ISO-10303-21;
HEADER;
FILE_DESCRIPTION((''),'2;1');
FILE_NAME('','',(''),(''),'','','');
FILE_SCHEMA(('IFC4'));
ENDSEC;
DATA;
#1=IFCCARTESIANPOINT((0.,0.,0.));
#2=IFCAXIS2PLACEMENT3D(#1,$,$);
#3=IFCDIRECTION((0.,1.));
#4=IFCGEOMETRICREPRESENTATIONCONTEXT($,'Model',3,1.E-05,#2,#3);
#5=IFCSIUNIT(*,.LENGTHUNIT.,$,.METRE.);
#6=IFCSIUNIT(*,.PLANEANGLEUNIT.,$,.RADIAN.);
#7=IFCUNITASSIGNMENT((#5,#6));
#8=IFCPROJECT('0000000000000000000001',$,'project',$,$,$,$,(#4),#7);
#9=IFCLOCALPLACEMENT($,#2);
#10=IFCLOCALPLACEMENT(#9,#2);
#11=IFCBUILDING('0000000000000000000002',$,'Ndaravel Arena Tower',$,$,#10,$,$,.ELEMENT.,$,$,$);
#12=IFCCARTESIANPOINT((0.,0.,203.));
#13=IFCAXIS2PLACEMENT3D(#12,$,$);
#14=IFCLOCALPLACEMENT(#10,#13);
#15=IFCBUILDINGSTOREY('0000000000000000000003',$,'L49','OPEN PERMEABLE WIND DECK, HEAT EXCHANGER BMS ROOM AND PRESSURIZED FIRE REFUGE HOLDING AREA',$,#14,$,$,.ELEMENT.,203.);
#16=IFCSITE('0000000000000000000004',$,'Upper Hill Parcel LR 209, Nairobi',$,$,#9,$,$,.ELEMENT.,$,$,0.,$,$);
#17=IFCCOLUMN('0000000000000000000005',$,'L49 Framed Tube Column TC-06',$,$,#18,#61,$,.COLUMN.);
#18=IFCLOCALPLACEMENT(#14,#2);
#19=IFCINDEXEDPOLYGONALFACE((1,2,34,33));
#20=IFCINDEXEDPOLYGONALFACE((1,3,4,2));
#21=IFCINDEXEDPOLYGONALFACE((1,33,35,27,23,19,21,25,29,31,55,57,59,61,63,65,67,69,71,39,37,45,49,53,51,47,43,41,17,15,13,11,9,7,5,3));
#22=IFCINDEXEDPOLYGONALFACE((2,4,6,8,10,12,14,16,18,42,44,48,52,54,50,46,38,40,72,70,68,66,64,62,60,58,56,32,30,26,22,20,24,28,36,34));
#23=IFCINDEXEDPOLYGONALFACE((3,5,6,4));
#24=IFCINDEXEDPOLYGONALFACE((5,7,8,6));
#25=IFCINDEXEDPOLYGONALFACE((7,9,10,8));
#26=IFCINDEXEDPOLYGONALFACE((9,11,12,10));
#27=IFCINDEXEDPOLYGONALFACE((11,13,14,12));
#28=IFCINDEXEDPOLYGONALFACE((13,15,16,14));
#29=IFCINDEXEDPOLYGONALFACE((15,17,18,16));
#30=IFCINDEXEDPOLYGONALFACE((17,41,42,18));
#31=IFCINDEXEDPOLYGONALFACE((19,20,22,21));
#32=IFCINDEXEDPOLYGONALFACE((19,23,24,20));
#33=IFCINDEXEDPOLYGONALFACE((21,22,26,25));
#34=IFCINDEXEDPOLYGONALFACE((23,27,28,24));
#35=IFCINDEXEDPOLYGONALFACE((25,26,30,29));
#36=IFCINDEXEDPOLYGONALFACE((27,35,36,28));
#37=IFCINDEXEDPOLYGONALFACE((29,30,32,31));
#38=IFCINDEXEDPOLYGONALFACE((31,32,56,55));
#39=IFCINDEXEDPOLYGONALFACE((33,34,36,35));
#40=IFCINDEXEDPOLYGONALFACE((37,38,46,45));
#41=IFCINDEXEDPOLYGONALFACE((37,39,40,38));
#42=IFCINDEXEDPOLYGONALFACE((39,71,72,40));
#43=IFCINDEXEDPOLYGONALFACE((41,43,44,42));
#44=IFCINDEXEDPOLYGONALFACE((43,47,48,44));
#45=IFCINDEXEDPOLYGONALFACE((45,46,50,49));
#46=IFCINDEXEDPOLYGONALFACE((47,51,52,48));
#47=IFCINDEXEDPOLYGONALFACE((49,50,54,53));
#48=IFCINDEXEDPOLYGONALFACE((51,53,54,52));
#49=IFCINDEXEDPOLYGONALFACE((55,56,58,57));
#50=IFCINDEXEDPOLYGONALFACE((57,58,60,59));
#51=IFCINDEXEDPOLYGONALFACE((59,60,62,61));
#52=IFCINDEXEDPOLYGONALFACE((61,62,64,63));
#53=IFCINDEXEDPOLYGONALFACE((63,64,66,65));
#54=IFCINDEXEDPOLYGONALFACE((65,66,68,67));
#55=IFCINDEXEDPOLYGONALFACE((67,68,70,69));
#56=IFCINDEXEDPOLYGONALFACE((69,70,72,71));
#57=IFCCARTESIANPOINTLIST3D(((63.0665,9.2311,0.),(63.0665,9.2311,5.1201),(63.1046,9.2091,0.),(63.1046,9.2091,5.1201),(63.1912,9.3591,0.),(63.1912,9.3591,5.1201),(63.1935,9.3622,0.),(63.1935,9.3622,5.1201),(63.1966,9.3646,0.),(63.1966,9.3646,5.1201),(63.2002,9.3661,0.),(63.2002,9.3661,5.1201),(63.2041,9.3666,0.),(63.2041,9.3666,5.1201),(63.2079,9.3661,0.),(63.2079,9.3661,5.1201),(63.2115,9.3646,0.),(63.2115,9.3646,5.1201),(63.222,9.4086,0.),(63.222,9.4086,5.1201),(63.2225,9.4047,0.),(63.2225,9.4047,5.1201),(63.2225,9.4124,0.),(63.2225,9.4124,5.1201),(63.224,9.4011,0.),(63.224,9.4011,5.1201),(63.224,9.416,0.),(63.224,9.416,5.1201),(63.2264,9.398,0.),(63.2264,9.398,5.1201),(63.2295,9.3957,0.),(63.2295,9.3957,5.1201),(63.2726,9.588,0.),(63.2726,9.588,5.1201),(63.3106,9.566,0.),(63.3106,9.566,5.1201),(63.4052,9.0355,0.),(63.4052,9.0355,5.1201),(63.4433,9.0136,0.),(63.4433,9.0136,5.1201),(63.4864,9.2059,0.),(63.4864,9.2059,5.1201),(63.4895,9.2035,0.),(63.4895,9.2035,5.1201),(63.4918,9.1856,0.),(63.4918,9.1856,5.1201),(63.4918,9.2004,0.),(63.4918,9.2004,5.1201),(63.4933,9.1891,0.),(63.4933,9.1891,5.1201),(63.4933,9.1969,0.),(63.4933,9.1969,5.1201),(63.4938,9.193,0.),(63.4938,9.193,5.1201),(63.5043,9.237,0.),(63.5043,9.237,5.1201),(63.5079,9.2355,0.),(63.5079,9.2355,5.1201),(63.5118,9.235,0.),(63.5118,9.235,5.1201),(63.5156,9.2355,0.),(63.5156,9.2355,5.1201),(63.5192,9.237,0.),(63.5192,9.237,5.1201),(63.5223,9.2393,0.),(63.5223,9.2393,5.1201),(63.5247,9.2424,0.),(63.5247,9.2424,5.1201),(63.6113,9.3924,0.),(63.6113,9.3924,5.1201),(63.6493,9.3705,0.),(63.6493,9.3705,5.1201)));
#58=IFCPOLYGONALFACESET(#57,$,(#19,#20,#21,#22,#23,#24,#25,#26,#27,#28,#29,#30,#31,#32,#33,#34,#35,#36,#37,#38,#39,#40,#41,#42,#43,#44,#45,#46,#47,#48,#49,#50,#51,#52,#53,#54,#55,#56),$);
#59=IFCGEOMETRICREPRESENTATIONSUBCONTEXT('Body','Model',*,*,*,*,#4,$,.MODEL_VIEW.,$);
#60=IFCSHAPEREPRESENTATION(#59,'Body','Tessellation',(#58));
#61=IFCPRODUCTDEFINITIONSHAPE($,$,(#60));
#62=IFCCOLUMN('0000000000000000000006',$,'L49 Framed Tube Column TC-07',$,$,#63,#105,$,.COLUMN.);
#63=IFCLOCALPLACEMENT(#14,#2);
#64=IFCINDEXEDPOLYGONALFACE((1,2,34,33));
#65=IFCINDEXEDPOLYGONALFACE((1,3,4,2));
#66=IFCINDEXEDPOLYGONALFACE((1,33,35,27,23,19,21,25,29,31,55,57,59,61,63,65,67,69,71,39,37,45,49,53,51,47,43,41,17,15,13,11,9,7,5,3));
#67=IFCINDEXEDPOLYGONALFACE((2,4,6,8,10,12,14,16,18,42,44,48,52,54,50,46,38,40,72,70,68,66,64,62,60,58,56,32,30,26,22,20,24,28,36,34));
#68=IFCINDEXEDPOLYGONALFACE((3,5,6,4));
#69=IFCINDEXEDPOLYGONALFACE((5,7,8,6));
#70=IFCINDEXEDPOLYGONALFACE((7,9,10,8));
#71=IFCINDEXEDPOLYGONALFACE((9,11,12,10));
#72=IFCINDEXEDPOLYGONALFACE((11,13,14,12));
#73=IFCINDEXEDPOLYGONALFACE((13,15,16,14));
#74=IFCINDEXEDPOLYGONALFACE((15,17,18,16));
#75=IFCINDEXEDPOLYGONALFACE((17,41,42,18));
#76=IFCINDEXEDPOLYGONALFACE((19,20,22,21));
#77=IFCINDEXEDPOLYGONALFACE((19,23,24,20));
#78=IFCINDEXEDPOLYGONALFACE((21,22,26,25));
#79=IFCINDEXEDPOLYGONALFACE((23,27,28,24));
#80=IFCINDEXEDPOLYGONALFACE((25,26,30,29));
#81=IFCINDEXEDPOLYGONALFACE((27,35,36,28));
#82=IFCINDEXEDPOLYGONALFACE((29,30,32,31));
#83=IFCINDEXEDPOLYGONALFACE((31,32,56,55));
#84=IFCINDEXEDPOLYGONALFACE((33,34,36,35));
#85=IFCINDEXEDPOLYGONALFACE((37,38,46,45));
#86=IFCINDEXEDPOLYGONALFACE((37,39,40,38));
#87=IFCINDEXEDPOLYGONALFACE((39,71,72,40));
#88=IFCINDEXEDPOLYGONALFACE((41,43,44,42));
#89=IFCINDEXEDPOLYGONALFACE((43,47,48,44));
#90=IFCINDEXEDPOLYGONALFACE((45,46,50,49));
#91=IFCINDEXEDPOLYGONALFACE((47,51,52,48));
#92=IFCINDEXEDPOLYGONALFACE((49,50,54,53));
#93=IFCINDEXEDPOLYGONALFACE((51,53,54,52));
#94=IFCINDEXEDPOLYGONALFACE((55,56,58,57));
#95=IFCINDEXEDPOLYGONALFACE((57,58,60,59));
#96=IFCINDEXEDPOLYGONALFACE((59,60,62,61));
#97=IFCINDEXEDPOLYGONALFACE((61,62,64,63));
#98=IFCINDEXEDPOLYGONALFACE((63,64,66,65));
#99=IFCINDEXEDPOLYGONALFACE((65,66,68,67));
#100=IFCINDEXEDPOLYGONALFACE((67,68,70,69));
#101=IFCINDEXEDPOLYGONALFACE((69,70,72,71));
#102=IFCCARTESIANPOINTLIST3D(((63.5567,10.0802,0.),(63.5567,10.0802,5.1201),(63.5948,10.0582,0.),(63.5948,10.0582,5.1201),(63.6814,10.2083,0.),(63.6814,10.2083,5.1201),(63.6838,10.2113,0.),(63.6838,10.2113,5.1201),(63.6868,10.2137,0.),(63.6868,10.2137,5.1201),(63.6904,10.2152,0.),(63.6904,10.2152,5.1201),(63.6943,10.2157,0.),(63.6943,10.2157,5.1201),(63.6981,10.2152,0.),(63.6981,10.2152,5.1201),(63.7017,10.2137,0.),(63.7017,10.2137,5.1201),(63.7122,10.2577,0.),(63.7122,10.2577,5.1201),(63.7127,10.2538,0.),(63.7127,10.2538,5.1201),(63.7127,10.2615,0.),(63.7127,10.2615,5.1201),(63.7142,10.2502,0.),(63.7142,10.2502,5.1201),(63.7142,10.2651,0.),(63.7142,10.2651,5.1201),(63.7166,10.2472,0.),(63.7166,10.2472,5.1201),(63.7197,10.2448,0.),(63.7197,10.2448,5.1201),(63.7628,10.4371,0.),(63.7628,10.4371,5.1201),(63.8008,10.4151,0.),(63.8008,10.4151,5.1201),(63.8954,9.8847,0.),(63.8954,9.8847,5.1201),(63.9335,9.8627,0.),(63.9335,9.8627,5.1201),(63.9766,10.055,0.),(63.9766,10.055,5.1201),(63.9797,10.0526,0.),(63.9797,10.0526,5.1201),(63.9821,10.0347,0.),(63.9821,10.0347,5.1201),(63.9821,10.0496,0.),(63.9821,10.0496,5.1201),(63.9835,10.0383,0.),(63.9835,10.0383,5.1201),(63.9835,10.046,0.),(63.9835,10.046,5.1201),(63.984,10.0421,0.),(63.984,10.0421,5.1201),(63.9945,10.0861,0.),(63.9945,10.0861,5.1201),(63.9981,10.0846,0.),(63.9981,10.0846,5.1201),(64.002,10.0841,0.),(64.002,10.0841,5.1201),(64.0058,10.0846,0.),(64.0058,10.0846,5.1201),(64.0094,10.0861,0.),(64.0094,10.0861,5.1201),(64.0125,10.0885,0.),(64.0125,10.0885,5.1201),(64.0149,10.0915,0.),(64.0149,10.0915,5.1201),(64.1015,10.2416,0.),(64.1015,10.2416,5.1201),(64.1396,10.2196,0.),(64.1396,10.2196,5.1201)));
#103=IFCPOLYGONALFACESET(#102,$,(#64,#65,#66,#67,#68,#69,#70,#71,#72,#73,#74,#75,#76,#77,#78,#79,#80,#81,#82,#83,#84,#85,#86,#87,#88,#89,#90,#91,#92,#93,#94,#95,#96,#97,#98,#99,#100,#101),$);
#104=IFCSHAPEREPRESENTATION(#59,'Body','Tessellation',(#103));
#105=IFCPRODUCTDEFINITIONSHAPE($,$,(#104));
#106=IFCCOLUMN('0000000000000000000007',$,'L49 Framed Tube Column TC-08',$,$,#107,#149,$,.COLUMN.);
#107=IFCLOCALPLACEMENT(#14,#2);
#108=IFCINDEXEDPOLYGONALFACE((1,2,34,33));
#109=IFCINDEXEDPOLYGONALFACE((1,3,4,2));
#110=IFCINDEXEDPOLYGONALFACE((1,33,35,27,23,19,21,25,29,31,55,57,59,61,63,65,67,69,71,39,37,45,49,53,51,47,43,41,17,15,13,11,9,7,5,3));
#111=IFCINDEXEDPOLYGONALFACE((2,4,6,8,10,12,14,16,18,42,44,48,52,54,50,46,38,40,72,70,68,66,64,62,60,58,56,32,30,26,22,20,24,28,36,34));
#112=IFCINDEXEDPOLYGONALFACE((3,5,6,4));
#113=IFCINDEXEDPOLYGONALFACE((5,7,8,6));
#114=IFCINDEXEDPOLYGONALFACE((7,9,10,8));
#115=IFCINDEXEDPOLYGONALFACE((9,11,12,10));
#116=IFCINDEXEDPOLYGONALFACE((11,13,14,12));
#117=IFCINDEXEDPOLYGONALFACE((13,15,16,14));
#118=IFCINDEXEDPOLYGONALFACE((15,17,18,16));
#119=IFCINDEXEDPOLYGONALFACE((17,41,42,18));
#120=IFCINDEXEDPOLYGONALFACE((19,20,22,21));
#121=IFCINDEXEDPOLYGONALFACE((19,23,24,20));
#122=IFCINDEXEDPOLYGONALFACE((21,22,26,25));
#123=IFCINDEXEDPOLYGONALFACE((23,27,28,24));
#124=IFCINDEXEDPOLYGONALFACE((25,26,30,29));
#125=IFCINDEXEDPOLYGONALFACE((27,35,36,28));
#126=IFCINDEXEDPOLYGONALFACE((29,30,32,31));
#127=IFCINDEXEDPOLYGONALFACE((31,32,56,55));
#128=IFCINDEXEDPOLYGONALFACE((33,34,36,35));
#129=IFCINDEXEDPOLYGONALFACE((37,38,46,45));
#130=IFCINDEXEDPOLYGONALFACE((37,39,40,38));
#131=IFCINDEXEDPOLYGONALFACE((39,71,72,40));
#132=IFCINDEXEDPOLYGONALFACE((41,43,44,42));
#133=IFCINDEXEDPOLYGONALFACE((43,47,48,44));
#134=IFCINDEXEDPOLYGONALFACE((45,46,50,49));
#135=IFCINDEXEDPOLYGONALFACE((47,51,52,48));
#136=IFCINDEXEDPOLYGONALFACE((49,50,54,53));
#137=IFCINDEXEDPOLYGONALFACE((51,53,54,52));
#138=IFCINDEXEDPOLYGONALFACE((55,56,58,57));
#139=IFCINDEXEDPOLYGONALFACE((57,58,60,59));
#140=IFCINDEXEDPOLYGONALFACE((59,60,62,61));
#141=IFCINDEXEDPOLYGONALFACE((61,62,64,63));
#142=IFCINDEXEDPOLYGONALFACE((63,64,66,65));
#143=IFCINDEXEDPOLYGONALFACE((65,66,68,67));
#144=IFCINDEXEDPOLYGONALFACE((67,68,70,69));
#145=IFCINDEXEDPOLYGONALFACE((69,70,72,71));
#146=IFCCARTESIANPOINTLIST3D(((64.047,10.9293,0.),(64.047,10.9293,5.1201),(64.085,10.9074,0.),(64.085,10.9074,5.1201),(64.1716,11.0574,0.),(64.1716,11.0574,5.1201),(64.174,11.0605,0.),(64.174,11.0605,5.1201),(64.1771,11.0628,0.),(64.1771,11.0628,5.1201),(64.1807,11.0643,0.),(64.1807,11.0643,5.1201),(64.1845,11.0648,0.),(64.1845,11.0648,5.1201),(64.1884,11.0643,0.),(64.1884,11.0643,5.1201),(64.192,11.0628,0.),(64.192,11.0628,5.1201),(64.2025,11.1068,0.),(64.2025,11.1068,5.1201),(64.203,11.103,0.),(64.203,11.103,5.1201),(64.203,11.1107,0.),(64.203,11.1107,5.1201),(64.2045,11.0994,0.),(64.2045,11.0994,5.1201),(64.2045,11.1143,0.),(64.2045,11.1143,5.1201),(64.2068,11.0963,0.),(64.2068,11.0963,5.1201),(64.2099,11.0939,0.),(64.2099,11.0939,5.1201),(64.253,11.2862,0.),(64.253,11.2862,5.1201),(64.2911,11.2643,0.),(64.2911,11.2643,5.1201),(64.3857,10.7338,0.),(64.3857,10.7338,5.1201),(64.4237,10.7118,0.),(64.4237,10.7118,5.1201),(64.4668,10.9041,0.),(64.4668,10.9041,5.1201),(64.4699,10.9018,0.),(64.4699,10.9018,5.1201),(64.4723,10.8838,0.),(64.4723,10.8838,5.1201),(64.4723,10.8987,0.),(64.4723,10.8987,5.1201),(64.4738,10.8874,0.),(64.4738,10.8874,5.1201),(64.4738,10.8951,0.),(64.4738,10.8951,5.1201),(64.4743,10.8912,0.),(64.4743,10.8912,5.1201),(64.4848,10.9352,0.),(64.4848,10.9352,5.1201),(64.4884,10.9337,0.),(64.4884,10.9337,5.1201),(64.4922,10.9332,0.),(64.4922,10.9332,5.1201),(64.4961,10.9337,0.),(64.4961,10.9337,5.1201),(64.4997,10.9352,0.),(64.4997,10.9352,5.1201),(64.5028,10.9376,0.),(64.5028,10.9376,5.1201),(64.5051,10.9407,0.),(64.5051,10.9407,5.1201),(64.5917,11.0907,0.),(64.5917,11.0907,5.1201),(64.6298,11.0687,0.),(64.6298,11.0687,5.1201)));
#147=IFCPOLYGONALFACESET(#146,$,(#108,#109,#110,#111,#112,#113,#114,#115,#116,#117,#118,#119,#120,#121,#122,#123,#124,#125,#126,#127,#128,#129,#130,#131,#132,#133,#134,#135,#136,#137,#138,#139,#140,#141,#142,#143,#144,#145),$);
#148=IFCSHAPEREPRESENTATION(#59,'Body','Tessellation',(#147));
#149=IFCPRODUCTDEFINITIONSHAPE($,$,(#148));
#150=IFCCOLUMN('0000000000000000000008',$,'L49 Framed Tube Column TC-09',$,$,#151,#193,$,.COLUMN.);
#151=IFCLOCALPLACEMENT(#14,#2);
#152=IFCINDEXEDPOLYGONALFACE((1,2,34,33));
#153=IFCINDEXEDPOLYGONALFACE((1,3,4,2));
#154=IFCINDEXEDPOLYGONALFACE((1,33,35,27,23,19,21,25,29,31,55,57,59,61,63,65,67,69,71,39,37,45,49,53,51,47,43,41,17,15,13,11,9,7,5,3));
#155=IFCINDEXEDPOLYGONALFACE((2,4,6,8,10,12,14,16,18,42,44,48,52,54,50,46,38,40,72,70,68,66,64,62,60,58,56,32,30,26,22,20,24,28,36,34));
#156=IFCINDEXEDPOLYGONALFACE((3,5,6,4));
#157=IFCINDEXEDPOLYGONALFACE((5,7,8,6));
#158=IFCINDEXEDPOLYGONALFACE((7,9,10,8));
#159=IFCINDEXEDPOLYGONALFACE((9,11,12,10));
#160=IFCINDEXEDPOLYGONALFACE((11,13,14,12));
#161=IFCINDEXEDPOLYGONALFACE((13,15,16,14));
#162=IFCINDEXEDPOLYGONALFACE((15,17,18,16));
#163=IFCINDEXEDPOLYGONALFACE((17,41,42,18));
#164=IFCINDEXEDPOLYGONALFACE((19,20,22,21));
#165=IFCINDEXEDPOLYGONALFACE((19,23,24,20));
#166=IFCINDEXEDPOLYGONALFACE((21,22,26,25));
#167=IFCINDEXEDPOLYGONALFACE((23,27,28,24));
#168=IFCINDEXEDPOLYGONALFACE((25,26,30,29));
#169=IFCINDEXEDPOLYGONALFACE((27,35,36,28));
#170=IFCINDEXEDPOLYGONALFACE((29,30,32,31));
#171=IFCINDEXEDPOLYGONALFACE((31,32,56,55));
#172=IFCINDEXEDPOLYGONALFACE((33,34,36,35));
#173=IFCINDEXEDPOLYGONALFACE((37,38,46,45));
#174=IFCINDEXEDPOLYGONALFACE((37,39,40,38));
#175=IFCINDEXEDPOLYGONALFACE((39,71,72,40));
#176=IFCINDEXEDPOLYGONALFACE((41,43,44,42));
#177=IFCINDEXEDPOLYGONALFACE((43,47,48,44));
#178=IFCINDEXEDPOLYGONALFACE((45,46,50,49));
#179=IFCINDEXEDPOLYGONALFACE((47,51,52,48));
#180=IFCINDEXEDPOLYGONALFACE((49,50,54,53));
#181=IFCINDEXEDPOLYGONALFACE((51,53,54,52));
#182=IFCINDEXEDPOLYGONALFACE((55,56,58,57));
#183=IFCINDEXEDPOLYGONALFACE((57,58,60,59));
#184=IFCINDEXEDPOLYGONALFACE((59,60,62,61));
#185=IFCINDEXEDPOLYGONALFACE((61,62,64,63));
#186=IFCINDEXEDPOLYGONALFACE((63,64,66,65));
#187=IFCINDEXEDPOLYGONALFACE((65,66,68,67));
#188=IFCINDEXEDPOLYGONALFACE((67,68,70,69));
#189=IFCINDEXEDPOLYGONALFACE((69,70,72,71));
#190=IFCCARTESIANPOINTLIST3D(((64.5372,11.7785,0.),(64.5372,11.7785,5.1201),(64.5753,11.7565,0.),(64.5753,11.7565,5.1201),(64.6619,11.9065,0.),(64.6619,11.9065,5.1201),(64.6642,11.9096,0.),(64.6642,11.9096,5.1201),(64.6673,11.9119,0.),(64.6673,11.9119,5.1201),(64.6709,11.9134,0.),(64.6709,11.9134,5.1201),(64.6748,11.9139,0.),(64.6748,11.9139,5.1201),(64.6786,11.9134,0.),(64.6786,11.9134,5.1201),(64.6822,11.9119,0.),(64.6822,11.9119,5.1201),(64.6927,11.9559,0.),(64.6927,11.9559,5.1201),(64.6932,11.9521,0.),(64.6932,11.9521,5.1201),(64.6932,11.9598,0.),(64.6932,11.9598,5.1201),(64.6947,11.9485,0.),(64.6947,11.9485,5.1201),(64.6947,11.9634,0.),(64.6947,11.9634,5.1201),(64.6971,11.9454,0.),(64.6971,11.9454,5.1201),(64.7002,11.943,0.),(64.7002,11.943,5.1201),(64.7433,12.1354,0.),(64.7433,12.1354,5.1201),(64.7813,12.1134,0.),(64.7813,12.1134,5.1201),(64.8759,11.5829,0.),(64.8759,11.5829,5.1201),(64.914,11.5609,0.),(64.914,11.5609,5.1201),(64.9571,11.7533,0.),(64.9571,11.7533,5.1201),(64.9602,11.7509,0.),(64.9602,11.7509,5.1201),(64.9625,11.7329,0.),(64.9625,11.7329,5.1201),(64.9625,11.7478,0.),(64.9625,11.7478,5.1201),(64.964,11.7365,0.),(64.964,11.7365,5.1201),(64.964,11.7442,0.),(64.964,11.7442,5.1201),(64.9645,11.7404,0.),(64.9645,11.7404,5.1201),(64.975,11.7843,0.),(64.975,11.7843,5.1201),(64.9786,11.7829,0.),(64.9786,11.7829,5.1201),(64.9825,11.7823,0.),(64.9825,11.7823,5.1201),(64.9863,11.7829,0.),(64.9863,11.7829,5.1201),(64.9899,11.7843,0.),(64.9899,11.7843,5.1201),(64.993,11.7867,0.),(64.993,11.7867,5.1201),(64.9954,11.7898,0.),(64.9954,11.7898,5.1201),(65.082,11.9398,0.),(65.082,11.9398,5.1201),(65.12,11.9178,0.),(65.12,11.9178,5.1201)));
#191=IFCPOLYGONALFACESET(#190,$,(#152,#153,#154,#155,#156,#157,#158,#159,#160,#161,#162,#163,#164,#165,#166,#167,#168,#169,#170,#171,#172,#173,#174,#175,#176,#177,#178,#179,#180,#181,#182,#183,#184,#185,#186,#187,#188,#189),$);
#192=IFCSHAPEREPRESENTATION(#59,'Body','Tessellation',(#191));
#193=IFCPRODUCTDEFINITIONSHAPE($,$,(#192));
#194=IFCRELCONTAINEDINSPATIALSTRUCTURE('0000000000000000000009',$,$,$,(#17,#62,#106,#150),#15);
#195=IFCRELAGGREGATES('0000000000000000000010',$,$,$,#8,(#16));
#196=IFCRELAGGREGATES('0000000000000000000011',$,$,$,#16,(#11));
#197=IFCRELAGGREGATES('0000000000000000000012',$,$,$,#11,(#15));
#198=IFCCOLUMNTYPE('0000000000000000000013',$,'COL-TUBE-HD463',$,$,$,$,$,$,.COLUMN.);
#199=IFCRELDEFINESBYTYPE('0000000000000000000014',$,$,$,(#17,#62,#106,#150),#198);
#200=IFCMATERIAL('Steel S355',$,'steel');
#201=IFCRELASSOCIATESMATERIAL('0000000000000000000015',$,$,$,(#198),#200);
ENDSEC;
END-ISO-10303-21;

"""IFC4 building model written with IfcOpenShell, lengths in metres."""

from ifc_helpers import new_model, si_unit, direction, frame, origin, origin_2d, place, context, subcontext, project, spatial, i_section, extrude, material, material_profile, profile_set, type_object, element, save


model = new_model("IFC4")

# Units and contexts
model_context = context("Model", 3, precision=1e-05, world=origin(), true_north=direction((0.0, 1.0)))
body_context = subcontext(model_context, "Body", "Model", "MODEL_VIEW")
ifc_project = project(units=[si_unit("LENGTHUNIT", "METRE"), si_unit("PLANEANGLEUNIT", "RADIAN")], contexts=[model_context])

# Site, building, storey
site_placement = place(None, origin())
site = spatial("IfcSite", under=ifc_project, at=site_placement, Name="Upper Hill Parcel LR 209, Nairobi", CompositionType="ELEMENT", RefElevation=0.0)
building_placement = place(site_placement, origin())
building = spatial("IfcBuilding", under=site, at=building_placement, Name="Ndaravel Arena Tower", CompositionType="ELEMENT")
storey_placement = place(building_placement, frame((0.0, 0.0, 203.0)))
storey = spatial("IfcBuildingStorey", under=building, at=storey_placement, Name="L49", Description="OPEN PERMEABLE WIND DECK, HEAT EXCHANGER BMS ROOM AND PRESSURIZED FIRE REFUGE HOLDING AREA", CompositionType="ELEMENT", Elevation=203.0)

# Columns
ifc_material_1 = material(Name="Steel S355", Category="steel")
ifc_material_profile_1 = material_profile(ifc_material_1, i_section(OverallWidth=0.4121, OverallDepth=0.4351, WebThickness=0.0359, FlangeThickness=0.0439, FilletRadius=0.0149, at=origin_2d()), Name="HD 400x463")
ifc_profile_set_1 = profile_set([ifc_material_profile_1], Name="Steel S355")
column_type = type_object("IfcColumnType", Name="COL-TUBE-HD463", PredefinedType="COLUMN", material=ifc_profile_set_1)
for number, where, z_axis, x_axis, name in (
    (1, (63.3579, 9.3008, 0.0), (0.0, 0.0, 1.0), (0.5, 0.866025, 0.0), "L49 Framed Tube Column TC-06"),
    (2, (63.8481, 10.1499, 0.0), (0.0, 0.0, 1.0), (0.5, 0.866025, 0.0), "L49 Framed Tube Column TC-07"),
    (3, (64.3384, 10.999, 0.0), (0.0, 0.0, 1.0), (0.5, 0.866025, 0.0), "L49 Framed Tube Column TC-08"),
    (4, (64.8286, 11.8481, 0.0), (0.0, 0.0, 1.0), (0.5, 0.866025, 0.0), "L49 Framed Tube Column TC-09"),
):
    element("IfcColumn", number, at=place(storey_placement, frame(where, z_axis=z_axis, x_axis=x_axis)), inside=storey, type_object=column_type, Name=name, PredefinedType="COLUMN", context=body_context, shape_type="SweptSolid", body=[
        extrude(i_section(OverallWidth=0.4121, OverallDepth=0.4351, WebThickness=0.0359, FlangeThickness=0.0439, FilletRadius=0.0149, at=origin_2d()), origin(), (0.0, 0.0, 1.0), 5.1201),
    ])

save(model, "model.ifc")
